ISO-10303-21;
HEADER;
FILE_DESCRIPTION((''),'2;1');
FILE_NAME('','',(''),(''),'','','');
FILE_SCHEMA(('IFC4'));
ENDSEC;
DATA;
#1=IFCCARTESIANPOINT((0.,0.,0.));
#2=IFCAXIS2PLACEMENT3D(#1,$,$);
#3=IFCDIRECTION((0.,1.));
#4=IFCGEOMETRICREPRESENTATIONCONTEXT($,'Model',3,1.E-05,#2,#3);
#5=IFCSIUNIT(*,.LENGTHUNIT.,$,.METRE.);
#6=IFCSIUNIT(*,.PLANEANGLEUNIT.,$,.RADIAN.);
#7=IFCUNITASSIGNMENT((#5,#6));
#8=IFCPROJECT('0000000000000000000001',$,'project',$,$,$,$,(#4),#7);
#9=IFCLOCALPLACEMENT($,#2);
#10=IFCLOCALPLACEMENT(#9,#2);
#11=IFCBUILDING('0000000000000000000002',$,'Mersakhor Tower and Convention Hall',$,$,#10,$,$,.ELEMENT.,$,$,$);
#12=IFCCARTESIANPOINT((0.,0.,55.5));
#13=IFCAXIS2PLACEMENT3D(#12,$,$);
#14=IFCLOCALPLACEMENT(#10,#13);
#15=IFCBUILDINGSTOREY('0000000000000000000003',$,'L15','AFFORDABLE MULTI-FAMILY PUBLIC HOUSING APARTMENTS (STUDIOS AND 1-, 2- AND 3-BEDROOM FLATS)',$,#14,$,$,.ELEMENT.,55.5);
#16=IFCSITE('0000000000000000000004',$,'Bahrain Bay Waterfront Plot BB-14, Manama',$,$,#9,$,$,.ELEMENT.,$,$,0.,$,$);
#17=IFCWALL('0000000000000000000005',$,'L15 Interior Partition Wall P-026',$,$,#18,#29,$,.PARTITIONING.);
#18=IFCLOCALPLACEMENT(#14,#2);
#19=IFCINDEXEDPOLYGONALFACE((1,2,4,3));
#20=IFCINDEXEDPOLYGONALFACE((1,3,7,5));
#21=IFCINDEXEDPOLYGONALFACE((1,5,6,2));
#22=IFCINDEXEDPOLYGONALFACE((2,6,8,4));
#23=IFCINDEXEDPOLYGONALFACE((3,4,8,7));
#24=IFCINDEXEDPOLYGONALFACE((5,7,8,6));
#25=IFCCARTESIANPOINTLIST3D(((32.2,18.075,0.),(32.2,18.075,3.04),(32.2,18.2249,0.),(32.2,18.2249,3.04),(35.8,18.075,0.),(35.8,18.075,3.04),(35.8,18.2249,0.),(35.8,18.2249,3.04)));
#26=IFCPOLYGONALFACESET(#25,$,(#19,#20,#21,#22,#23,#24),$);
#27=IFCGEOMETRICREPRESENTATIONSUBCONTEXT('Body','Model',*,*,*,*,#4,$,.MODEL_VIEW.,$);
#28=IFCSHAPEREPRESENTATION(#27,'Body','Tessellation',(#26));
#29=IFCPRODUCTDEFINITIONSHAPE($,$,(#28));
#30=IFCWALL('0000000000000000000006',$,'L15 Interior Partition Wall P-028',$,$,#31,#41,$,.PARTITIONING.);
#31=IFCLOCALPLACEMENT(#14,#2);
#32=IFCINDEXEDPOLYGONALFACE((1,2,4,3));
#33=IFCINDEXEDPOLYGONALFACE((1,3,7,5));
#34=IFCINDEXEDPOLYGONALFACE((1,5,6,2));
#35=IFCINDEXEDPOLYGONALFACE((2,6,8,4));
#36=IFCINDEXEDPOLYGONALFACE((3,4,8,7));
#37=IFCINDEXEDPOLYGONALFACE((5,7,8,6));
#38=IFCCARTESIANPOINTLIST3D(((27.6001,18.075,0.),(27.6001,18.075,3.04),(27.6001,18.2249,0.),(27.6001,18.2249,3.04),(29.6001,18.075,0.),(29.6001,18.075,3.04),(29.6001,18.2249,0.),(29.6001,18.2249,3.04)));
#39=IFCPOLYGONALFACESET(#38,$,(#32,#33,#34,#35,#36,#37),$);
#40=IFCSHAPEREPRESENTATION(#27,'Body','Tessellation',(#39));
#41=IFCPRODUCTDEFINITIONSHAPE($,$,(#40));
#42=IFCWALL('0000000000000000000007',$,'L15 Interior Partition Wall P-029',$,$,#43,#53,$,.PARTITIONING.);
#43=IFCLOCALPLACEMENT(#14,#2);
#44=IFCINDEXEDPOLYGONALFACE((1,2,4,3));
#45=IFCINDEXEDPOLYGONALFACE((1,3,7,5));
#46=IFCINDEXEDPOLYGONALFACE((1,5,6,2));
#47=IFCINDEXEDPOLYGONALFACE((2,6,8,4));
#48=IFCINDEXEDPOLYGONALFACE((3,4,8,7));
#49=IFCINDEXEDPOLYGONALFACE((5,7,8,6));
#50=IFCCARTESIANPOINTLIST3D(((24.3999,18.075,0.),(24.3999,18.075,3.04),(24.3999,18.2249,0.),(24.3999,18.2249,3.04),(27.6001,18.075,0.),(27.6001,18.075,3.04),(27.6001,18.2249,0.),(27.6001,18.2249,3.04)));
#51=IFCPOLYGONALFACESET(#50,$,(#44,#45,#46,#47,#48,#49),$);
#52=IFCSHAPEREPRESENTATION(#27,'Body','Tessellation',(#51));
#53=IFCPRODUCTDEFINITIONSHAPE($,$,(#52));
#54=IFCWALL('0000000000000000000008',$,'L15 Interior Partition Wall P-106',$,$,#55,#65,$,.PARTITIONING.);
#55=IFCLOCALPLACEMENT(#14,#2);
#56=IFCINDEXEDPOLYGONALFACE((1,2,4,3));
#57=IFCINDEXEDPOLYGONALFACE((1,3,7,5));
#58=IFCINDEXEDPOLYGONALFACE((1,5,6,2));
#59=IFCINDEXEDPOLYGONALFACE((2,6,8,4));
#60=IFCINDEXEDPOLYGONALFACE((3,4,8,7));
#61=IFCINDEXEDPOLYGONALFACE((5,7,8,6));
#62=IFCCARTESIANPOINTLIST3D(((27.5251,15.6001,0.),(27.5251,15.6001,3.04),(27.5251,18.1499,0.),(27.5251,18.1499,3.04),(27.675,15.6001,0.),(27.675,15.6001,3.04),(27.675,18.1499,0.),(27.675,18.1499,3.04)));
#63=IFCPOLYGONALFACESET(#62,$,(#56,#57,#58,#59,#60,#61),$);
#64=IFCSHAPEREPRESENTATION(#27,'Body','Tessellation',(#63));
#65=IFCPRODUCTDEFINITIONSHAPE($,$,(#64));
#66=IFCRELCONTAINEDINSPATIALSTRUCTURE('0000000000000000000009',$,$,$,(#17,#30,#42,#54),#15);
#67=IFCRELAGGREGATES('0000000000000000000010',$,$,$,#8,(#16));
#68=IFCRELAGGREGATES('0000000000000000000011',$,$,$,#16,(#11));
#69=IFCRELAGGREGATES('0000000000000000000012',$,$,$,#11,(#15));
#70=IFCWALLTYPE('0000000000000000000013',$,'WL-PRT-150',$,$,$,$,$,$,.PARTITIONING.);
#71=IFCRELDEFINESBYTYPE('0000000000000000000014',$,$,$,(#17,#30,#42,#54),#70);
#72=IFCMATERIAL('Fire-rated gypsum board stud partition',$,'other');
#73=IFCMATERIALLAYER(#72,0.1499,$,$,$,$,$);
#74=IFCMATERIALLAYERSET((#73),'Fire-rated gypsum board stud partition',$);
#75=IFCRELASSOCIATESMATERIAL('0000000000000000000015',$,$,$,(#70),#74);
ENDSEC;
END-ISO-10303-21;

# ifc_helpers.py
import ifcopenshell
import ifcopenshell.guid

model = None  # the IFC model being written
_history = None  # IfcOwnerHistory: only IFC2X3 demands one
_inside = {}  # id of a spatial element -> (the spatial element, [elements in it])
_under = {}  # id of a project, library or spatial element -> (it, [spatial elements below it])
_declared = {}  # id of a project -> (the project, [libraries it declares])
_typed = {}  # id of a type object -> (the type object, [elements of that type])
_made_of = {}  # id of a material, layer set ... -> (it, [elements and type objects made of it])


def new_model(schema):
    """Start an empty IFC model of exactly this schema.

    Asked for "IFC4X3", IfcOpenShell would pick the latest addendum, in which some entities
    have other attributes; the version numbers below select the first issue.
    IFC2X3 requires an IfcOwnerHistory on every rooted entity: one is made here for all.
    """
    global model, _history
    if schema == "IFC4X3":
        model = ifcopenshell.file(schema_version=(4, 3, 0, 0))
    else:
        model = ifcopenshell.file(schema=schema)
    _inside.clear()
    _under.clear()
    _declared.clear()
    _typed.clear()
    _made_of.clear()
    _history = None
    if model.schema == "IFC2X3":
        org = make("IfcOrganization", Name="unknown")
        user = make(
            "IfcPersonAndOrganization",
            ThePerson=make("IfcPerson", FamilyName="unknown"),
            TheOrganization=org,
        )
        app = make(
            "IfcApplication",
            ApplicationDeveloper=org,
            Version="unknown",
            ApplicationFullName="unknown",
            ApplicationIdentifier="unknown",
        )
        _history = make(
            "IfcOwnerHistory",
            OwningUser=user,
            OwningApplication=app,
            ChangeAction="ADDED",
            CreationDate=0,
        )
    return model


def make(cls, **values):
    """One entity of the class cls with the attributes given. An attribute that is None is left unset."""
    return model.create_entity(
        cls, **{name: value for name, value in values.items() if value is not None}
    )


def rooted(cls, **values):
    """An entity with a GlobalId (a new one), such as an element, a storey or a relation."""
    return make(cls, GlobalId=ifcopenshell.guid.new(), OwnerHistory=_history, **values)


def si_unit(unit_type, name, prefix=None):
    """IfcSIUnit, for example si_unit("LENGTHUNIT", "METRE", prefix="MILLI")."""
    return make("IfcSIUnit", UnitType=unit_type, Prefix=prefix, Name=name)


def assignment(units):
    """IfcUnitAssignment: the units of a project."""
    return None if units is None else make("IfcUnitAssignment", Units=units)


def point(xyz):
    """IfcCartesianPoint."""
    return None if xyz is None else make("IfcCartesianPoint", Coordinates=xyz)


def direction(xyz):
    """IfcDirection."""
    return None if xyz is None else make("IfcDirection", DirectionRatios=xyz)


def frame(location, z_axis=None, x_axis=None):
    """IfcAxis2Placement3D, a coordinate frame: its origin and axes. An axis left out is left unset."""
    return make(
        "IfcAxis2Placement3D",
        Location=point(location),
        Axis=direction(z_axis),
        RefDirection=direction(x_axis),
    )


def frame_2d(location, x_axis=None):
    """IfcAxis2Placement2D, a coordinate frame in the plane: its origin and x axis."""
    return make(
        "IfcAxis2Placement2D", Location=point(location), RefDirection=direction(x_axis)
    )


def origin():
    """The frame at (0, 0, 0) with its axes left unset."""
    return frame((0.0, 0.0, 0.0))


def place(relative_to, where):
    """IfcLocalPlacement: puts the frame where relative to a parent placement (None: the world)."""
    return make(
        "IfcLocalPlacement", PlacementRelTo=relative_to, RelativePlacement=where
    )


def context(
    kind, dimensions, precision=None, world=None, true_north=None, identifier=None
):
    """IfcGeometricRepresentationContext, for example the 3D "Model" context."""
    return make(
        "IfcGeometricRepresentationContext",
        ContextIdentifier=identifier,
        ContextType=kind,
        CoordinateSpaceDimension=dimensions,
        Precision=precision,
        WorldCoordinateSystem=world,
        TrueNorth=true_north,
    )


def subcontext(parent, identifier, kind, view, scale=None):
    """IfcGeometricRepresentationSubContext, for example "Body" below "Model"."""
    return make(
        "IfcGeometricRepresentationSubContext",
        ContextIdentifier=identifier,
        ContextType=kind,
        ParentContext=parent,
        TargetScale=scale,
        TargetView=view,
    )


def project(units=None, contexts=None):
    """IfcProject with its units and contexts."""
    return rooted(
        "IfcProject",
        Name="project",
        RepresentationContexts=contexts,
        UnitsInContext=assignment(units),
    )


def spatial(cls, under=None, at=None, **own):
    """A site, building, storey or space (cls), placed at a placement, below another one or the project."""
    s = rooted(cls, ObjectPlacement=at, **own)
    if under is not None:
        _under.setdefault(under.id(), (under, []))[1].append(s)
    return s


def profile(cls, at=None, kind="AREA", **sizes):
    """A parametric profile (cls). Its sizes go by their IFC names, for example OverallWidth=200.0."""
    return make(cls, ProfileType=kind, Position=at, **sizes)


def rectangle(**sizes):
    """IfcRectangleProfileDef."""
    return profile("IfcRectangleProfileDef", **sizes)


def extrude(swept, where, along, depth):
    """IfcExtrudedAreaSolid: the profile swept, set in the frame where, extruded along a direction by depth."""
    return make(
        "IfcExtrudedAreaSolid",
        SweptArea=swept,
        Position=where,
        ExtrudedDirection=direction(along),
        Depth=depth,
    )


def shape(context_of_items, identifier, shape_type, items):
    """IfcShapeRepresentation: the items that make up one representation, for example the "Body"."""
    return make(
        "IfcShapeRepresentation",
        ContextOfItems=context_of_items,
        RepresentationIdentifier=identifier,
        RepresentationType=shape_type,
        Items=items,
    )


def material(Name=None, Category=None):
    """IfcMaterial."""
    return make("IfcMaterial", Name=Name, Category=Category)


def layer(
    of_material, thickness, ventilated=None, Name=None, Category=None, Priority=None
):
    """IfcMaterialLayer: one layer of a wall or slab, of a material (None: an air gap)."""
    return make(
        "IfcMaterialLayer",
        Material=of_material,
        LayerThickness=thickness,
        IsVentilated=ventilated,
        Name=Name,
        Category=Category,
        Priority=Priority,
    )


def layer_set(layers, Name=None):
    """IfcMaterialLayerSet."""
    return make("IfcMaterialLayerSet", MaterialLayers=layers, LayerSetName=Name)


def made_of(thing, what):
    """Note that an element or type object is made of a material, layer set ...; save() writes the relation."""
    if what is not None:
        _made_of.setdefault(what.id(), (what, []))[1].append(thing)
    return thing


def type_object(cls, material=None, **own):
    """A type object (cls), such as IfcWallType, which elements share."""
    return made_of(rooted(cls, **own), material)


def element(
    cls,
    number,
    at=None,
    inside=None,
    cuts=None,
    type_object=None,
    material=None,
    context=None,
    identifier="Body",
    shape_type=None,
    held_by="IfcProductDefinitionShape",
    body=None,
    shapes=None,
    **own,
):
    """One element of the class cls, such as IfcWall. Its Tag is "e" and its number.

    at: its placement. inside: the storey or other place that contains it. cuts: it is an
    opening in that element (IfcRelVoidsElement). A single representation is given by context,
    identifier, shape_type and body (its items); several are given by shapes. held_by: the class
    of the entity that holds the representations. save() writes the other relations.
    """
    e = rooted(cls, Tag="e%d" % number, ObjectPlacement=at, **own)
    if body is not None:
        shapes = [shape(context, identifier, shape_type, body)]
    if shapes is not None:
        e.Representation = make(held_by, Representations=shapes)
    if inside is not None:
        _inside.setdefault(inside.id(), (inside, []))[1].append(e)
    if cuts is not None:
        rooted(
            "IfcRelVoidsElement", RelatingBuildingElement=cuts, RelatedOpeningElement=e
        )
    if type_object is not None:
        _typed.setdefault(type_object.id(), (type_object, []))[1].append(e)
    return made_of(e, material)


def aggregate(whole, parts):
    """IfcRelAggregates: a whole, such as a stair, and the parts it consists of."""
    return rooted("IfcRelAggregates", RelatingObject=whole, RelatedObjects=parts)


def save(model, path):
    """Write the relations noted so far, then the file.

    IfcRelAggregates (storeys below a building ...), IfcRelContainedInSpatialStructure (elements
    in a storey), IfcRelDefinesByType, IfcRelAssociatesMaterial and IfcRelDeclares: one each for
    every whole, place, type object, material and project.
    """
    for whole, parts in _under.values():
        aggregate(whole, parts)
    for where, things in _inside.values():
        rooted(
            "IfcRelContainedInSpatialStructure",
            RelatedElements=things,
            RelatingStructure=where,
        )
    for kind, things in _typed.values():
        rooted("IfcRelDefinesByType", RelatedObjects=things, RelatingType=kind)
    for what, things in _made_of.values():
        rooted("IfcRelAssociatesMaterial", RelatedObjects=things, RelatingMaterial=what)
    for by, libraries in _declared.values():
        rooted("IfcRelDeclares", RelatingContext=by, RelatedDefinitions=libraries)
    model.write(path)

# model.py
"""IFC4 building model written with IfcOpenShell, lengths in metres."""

from ifc_helpers import new_model, si_unit, direction, frame, frame_2d, origin, place, context, subcontext, project, spatial, rectangle, extrude, material, layer, layer_set, type_object, element, save


model = new_model("IFC4")

# Units and contexts
model_context = context("Model", 3, precision=1e-05, world=origin(), true_north=direction((0.0, 1.0)))
body_context = subcontext(model_context, "Body", "Model", "MODEL_VIEW")
ifc_project = project(units=[si_unit("LENGTHUNIT", "METRE"), si_unit("PLANEANGLEUNIT", "RADIAN")], contexts=[model_context])

# Site, building, storey
site_placement = place(None, origin())
site = spatial("IfcSite", under=ifc_project, at=site_placement, Name="Bahrain Bay Waterfront Plot BB-14, Manama", CompositionType="ELEMENT", RefElevation=0.0)
building_placement = place(site_placement, origin())
building = spatial("IfcBuilding", under=site, at=building_placement, Name="Mersakhor Tower and Convention Hall", CompositionType="ELEMENT")
storey_placement = place(building_placement, frame((0.0, 0.0, 55.5)))
storey = spatial("IfcBuildingStorey", under=building, at=storey_placement, Name="L15", Description="AFFORDABLE MULTI-FAMILY PUBLIC HOUSING APARTMENTS (STUDIOS AND 1-, 2- AND 3-BEDROOM FLATS)", CompositionType="ELEMENT", Elevation=55.5)

# Wall
ifc_material_1 = material(Name="Fire-rated gypsum board stud partition", Category="other")
ifc_layer_1 = layer(ifc_material_1, 0.1499)
ifc_layer_set_1 = layer_set([ifc_layer_1], Name="Fire-rated gypsum board stud partition")
wall_type_1 = type_object("IfcWallType", Name="WL-PRT-150", PredefinedType="PARTITIONING", material=ifc_layer_set_1)
wall_1_placement = place(storey_placement, frame((35.8, 18.1499, 0.0), z_axis=(0.0, 0.0, 1.0), x_axis=(-1.0, 0.0, 0.0)))
element("IfcWall", 1, at=wall_1_placement, inside=storey, type_object=wall_type_1, Name="L15 Interior Partition Wall P-026", PredefinedType="PARTITIONING", context=body_context, shape_type="SweptSolid", body=[
    extrude(rectangle(XDim=3.6001, YDim=0.1499, at=frame_2d((1.8, 0.0))), origin(), (0.0, 0.0, 1.0), 3.04),
])

# Walls
wall_2_placement = place(storey_placement, frame((29.6001, 18.1499, 0.0), z_axis=(0.0, 0.0, 1.0), x_axis=(-1.0, 0.0, 0.0)))
element("IfcWall", 2, at=wall_2_placement, inside=storey, type_object=wall_type_1, Name="L15 Interior Partition Wall P-028", PredefinedType="PARTITIONING", context=body_context, shape_type="SweptSolid", body=[
    extrude(rectangle(XDim=2.0, YDim=0.1499, at=frame_2d((1.0, 0.0))), origin(), (0.0, 0.0, 1.0), 3.04),
])
wall_3_placement = place(storey_placement, frame((27.6001, 18.1499, 0.0), z_axis=(0.0, 0.0, 1.0), x_axis=(-1.0, 0.0, 0.0)))
element("IfcWall", 3, at=wall_3_placement, inside=storey, type_object=wall_type_1, Name="L15 Interior Partition Wall P-029", PredefinedType="PARTITIONING", context=body_context, shape_type="SweptSolid", body=[
    extrude(rectangle(XDim=3.2002, YDim=0.1499, at=frame_2d((1.6001, 0.0))), origin(), (0.0, 0.0, 1.0), 3.04),
])
wall_4_placement = place(storey_placement, frame((27.6001, 18.1499, 0.0), z_axis=(0.0, 0.0, 1.0), x_axis=(0.0, -1.0, 0.0)))
element("IfcWall", 4, at=wall_4_placement, inside=storey, type_object=wall_type_1, Name="L15 Interior Partition Wall P-106", PredefinedType="PARTITIONING", context=body_context, shape_type="SweptSolid", body=[
    extrude(rectangle(XDim=2.5498, YDim=0.1499, at=frame_2d((1.2749, 0.0))), origin(), (0.0, 0.0, 1.0), 3.04),
])

save(model, "model.ifc")
